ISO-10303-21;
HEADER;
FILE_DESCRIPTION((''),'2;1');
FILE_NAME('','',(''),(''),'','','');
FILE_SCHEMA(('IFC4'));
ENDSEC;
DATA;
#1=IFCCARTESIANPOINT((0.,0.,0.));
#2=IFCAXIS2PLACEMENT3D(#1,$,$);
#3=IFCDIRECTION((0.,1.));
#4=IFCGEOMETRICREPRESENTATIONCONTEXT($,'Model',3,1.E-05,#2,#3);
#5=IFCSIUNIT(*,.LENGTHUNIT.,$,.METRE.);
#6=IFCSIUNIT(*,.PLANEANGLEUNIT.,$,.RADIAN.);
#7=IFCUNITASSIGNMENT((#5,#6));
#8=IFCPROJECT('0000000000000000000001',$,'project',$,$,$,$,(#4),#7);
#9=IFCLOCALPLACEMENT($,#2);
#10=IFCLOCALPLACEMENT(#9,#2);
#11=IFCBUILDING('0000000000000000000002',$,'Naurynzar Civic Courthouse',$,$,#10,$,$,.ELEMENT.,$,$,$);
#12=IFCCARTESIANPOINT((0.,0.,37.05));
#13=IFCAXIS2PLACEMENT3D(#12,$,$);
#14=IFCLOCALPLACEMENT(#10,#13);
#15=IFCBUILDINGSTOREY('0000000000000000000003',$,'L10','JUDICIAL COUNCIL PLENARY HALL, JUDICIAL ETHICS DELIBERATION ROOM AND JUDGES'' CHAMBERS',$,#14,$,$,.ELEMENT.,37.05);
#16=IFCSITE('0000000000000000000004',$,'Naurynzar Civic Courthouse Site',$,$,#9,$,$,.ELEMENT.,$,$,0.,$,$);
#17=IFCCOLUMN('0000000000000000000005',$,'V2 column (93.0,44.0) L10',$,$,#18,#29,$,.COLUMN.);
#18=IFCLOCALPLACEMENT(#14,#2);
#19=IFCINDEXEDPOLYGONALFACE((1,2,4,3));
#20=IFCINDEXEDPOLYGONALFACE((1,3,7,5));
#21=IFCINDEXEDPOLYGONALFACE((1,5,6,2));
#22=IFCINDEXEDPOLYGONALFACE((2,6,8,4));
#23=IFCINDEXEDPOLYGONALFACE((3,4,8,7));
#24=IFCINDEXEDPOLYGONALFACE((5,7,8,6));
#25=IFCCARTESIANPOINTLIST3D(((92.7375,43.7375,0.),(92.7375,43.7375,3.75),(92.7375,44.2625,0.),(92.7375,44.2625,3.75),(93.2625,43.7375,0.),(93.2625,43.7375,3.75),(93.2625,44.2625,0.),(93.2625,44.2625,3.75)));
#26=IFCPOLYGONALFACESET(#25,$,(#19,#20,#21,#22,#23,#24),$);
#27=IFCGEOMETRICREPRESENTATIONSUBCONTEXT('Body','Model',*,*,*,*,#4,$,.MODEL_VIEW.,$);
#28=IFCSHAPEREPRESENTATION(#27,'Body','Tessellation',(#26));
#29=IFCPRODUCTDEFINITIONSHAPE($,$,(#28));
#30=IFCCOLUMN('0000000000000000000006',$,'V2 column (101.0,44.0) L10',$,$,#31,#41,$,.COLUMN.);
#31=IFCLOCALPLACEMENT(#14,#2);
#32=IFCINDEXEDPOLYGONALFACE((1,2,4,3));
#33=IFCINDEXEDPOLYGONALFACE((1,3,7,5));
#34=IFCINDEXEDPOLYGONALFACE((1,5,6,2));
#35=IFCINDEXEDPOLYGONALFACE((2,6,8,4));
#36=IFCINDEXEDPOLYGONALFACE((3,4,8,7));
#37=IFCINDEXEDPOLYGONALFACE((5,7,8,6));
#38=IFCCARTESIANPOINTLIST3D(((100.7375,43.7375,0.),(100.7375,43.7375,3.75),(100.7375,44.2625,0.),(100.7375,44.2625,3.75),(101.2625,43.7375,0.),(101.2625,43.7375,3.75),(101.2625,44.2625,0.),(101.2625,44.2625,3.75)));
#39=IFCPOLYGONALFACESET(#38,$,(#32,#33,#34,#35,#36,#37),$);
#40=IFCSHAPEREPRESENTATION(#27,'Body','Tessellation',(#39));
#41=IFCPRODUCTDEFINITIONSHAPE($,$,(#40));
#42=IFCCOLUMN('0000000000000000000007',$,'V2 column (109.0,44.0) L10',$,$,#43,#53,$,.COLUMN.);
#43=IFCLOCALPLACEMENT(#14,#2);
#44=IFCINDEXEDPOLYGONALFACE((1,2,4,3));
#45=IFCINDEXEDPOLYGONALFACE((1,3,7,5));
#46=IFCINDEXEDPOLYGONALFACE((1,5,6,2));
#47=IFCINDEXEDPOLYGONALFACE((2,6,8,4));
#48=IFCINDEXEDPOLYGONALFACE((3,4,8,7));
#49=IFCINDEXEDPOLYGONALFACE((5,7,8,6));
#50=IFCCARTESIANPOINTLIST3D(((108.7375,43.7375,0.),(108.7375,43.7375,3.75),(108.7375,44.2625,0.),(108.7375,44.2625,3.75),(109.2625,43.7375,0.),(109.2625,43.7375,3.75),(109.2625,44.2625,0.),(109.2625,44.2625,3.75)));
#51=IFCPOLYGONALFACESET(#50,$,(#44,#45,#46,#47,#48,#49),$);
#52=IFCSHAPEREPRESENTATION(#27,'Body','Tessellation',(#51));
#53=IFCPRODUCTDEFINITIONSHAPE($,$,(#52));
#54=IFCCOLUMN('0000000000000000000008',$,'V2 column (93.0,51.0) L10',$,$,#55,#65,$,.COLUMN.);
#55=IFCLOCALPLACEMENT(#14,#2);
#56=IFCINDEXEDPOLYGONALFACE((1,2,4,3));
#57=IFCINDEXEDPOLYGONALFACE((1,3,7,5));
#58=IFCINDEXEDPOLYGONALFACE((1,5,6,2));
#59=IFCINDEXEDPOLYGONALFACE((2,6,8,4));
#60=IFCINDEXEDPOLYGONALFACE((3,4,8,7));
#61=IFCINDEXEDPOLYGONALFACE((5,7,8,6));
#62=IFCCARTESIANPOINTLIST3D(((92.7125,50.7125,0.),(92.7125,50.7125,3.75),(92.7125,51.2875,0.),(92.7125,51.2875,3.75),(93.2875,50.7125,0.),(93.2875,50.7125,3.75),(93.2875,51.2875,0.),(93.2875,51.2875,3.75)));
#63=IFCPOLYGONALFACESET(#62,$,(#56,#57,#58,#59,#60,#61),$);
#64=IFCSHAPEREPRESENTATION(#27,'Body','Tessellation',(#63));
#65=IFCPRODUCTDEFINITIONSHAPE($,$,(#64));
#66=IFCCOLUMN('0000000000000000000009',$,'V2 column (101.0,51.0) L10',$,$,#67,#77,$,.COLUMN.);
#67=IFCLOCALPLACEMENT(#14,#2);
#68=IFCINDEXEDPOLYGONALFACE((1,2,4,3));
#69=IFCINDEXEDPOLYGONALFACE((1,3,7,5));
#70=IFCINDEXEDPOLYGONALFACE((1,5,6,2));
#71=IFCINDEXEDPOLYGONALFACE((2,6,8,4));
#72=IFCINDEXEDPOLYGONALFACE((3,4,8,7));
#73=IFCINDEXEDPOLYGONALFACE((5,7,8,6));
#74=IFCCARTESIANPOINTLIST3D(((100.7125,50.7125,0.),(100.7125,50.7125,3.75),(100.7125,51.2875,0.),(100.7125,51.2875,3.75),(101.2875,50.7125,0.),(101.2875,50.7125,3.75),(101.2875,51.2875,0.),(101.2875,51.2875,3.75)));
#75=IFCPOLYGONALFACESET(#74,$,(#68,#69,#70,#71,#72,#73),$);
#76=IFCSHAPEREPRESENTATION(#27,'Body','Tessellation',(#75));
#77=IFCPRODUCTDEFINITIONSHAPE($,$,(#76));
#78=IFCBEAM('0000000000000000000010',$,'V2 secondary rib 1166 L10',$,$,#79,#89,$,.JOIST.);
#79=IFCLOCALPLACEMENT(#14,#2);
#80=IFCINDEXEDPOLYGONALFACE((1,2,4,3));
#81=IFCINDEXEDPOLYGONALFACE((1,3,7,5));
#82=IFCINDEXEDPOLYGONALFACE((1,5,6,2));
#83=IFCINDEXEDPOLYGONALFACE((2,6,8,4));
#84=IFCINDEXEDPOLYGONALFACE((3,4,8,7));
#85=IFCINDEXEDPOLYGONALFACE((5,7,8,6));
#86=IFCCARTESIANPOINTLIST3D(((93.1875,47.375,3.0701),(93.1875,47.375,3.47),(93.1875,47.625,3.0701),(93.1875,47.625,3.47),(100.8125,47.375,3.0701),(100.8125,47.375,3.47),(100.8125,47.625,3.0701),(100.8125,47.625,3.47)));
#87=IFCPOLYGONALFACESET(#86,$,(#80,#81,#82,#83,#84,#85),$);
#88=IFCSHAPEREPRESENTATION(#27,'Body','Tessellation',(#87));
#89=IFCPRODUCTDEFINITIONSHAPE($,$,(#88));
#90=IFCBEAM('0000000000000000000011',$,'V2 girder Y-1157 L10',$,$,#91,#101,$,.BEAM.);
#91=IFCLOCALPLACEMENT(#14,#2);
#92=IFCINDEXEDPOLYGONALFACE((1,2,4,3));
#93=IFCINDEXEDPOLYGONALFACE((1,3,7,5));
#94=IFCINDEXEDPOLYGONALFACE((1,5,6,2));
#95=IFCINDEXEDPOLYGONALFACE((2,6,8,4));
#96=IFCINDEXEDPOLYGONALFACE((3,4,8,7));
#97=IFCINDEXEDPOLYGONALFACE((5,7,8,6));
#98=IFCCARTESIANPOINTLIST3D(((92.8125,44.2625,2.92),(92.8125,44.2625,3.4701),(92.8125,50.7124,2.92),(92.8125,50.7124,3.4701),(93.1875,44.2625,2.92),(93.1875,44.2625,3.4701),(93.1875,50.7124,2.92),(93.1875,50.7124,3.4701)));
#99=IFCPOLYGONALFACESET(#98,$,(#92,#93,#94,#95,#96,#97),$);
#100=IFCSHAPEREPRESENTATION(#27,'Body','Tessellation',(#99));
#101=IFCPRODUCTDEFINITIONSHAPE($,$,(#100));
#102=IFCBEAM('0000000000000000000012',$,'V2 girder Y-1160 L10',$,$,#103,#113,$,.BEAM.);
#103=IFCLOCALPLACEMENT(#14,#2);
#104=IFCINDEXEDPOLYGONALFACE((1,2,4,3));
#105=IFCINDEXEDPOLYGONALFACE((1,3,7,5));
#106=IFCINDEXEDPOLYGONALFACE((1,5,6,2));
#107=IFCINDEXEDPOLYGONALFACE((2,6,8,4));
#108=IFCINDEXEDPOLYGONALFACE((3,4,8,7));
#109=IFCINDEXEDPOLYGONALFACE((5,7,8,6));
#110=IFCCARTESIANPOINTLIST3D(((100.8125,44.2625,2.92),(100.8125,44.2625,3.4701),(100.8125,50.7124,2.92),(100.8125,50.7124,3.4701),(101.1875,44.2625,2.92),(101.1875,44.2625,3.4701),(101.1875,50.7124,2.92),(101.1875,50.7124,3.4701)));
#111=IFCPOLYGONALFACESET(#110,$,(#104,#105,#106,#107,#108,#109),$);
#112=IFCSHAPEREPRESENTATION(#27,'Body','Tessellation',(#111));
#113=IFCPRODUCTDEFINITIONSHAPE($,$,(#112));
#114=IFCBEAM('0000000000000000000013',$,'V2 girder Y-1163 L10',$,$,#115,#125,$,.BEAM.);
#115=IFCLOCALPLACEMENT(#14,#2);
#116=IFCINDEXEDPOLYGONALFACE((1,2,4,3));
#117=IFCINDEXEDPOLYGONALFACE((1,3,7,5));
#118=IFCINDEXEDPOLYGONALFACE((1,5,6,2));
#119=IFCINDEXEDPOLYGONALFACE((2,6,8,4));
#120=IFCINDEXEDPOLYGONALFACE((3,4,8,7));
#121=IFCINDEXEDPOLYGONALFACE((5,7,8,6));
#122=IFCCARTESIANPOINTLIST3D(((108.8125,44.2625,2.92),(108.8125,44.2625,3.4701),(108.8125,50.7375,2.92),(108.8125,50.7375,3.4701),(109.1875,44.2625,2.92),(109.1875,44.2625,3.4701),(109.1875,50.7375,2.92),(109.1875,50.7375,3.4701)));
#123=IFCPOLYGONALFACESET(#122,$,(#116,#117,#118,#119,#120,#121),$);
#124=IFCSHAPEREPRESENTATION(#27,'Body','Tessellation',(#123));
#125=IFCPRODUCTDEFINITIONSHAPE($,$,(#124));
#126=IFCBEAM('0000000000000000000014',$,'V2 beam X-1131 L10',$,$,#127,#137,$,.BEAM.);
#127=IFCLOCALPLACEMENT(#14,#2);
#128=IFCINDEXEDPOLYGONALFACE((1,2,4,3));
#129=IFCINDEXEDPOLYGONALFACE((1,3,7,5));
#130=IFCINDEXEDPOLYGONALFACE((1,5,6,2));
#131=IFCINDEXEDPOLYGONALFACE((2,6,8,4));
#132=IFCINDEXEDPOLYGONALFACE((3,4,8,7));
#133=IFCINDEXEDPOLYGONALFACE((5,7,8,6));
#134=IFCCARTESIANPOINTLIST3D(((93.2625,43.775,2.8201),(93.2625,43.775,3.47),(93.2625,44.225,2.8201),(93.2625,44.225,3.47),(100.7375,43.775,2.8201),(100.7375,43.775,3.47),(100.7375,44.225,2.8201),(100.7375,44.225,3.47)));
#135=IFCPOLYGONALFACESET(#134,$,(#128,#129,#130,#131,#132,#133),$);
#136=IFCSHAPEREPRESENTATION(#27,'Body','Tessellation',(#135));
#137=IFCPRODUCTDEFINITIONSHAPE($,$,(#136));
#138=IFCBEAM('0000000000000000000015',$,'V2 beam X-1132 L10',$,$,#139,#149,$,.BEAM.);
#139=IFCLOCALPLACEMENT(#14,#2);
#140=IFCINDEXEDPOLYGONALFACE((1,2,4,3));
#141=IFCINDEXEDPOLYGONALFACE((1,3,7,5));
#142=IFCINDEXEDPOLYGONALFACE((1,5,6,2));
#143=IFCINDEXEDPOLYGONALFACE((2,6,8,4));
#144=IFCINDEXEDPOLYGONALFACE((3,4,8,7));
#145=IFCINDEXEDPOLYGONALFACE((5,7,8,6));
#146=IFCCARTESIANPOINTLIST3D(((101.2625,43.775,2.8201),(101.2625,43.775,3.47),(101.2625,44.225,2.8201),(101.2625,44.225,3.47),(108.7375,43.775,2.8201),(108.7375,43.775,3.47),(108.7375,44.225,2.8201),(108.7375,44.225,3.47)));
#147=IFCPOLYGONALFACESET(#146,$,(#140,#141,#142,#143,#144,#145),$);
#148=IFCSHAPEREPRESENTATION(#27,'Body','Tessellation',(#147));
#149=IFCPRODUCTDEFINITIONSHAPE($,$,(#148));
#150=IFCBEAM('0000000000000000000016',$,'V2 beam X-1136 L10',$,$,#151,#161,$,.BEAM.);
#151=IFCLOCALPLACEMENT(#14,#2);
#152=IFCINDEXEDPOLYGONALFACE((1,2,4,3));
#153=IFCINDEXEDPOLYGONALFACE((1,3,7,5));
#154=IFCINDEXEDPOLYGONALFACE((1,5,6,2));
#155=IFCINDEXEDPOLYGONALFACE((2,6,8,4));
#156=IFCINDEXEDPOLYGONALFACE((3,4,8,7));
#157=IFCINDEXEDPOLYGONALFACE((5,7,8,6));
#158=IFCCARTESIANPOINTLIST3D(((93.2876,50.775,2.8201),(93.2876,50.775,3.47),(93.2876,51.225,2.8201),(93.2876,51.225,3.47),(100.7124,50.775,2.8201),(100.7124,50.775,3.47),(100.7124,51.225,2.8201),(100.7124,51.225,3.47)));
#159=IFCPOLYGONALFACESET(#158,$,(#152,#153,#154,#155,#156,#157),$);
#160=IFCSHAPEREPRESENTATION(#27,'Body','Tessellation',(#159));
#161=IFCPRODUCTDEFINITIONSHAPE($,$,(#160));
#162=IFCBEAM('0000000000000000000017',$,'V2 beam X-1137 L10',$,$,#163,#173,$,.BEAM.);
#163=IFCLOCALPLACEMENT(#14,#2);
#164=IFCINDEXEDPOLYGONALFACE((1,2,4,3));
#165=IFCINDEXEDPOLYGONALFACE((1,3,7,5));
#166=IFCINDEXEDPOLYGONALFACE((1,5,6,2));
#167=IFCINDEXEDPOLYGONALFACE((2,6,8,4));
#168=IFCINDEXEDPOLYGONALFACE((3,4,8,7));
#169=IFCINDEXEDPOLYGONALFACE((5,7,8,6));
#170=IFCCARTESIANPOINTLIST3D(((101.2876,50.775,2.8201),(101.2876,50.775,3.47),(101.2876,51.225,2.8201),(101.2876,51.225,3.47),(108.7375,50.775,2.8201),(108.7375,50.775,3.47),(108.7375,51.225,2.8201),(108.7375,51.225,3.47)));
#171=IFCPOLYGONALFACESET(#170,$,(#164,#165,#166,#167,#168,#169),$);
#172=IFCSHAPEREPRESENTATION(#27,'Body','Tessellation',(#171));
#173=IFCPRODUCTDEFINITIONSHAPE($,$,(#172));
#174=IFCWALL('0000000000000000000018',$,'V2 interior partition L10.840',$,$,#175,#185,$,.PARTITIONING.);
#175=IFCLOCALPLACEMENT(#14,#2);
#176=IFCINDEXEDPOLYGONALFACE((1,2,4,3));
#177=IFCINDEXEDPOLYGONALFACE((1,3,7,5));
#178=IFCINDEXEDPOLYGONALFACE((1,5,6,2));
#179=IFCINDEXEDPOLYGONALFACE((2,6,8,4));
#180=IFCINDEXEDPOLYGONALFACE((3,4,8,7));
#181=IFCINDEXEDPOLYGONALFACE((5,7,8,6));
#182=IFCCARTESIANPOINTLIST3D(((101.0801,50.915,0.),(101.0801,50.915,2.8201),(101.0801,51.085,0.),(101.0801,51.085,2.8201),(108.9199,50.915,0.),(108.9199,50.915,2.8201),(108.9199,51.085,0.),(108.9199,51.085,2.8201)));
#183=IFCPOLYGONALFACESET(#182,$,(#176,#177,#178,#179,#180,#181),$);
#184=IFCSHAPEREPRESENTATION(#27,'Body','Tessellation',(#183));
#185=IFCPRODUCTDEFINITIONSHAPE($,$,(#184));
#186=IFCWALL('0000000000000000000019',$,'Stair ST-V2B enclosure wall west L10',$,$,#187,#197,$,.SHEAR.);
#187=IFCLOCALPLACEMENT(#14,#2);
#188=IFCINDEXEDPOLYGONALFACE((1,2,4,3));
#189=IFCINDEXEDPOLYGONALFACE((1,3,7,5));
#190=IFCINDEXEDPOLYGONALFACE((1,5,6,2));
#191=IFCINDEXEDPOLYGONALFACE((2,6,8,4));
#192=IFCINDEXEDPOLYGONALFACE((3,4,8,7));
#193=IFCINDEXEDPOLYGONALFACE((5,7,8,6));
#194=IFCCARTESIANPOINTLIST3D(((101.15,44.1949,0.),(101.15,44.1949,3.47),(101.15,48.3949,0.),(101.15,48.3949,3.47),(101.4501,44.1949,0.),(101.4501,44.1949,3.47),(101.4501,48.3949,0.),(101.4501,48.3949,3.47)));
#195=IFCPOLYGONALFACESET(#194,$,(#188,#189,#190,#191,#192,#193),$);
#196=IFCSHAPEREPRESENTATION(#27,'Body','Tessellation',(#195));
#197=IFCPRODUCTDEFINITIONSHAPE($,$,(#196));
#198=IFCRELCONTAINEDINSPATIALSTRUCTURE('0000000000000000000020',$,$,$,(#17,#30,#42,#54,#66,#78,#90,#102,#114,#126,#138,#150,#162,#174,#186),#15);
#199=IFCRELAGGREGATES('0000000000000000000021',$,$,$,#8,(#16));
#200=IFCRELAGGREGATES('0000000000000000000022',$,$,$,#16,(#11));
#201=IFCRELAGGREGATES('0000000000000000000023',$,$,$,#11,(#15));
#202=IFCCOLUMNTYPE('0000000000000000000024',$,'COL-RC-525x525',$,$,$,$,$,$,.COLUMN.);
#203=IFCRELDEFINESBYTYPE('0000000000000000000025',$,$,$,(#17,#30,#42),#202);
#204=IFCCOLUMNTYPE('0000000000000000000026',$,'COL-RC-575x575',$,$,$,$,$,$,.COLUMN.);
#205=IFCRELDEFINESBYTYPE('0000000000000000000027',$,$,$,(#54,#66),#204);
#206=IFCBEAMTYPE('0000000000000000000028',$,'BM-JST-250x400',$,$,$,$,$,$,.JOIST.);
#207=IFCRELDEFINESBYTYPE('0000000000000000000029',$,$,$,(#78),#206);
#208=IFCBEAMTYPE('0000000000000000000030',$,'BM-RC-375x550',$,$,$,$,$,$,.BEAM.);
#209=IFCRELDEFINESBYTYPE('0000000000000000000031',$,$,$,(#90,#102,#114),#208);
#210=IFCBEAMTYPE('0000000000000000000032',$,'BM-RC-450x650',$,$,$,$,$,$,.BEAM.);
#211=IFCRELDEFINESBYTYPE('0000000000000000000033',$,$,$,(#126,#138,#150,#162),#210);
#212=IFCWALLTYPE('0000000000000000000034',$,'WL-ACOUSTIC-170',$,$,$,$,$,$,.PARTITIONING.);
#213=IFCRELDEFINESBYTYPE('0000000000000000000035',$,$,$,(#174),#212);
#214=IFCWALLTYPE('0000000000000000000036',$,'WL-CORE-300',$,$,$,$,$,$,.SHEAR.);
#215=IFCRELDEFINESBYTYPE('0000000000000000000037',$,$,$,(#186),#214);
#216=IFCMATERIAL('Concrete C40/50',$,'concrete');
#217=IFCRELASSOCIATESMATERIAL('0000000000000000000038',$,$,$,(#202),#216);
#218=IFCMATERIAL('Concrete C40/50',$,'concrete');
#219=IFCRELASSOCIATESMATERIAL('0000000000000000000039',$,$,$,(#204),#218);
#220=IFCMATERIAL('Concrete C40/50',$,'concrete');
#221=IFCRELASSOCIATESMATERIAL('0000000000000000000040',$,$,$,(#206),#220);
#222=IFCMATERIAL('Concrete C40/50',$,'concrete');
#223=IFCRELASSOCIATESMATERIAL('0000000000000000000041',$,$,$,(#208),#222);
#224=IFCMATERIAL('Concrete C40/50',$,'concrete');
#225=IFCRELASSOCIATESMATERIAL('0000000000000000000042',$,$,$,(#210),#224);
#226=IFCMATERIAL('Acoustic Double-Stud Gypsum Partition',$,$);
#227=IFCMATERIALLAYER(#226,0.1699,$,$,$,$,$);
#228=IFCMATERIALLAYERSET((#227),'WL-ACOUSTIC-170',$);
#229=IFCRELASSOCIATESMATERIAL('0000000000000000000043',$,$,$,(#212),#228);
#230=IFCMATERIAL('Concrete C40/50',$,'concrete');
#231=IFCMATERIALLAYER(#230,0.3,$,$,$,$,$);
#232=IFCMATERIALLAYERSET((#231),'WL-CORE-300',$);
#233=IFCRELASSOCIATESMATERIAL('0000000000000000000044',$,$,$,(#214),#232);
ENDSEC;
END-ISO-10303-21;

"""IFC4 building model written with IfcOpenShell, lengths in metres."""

from ifc_helpers import new_model, si_unit, direction, frame, frame_2d, origin, origin_2d, place, context, subcontext, project, spatial, rectangle, extrude, material, layer, layer_set, material_profile, profile_set, type_object, element, save


model = new_model("IFC4")

# Units and contexts
model_context = context("Model", 3, precision=1e-05, world=origin(), true_north=direction((0.0, 1.0)))
body_context = subcontext(model_context, "Body", "Model", "MODEL_VIEW")
ifc_project = project(units=[si_unit("LENGTHUNIT", "METRE"), si_unit("PLANEANGLEUNIT", "RADIAN")], contexts=[model_context])

# Site, building, storey
site_placement = place(None, origin())
site = spatial("IfcSite", under=ifc_project, at=site_placement, Name="Naurynzar Civic Courthouse Site", CompositionType="ELEMENT", RefElevation=0.0)
building_placement = place(site_placement, origin())
building = spatial("IfcBuilding", under=site, at=building_placement, Name="Naurynzar Civic Courthouse", CompositionType="ELEMENT")
storey_placement = place(building_placement, frame((0.0, 0.0, 37.05)))
storey = spatial("IfcBuildingStorey", under=building, at=storey_placement, Name="L10", Description="JUDICIAL COUNCIL PLENARY HALL, JUDICIAL ETHICS DELIBERATION ROOM AND JUDGES' CHAMBERS", CompositionType="ELEMENT", Elevation=37.05)

# Columns
ifc_material_1 = material(Name="Concrete C40/50", Category="concrete")
ifc_material_profile_1 = material_profile(ifc_material_1, rectangle(XDim=0.5249, YDim=0.5249, at=origin_2d()), Name="RC 525x525")
ifc_profile_set_1 = profile_set([ifc_material_profile_1], Name="Concrete C40/50")
column_type_1 = type_object("IfcColumnType", Name="COL-RC-525x525", PredefinedType="COLUMN", material=ifc_profile_set_1)
for number, where, z_axis, x_axis, name in (
    (1, (93.0, 44.0, 0.0), (0.0, 0.0, 1.0), (1.0, 0.0, 0.0), "V2 column (93.0,44.0) L10"),
    (2, (101.0, 44.0, 0.0), (0.0, 0.0, 1.0), (1.0, 0.0, 0.0), "V2 column (101.0,44.0) L10"),
    (3, (109.0, 44.0, 0.0), (0.0, 0.0, 1.0), (1.0, 0.0, 0.0), "V2 column (109.0,44.0) L10"),
):
    element("IfcColumn", number, at=place(storey_placement, frame(where, z_axis=z_axis, x_axis=x_axis)), inside=storey, type_object=column_type_1, Name=name, PredefinedType="COLUMN", context=body_context, shape_type="SweptSolid", body=[
        extrude(rectangle(XDim=0.5249, YDim=0.5249, at=origin_2d()), origin(), (0.0, 0.0, 1.0), 3.75),
    ])
ifc_material_2 = material(Name="Concrete C40/50", Category="concrete")
ifc_material_profile_2 = material_profile(ifc_material_2, rectangle(XDim=0.575, YDim=0.575, at=origin_2d()), Name="RC 575x575")
ifc_profile_set_2 = profile_set([ifc_material_profile_2], Name="Concrete C40/50")
column_type_2 = type_object("IfcColumnType", Name="COL-RC-575x575", PredefinedType="COLUMN", material=ifc_profile_set_2)
for number, where, z_axis, x_axis, name in (
    (4, (93.0, 51.0, 0.0), (0.0, 0.0, 1.0), (1.0, 0.0, 0.0), "V2 column (93.0,51.0) L10"),
    (5, (101.0, 51.0, 0.0), (0.0, 0.0, 1.0), (1.0, 0.0, 0.0), "V2 column (101.0,51.0) L10"),
):
    element("IfcColumn", number, at=place(storey_placement, frame(where, z_axis=z_axis, x_axis=x_axis)), inside=storey, type_object=column_type_2, Name=name, PredefinedType="COLUMN", context=body_context, shape_type="SweptSolid", body=[
        extrude(rectangle(XDim=0.575, YDim=0.575, at=origin_2d()), origin(), (0.0, 0.0, 1.0), 3.75),
    ])

# Beams
ifc_material_3 = material(Name="Concrete C40/50", Category="concrete")
ifc_material_profile_3 = material_profile(ifc_material_3, rectangle(XDim=0.25, YDim=0.3999, at=origin_2d()), Name="RCB 250x400")
ifc_profile_set_3 = profile_set([ifc_material_profile_3], Name="Concrete C40/50")
beam_type_1 = type_object("IfcBeamType", Name="BM-JST-250x400", PredefinedType="JOIST", material=ifc_profile_set_3)
beam_1_placement = place(storey_placement, frame((93.1875, 47.5, 3.27), z_axis=(1.0, 0.0, 0.0), x_axis=(0.0, 1.0, 0.0)))
element("IfcBeam", 6, at=beam_1_placement, inside=storey, type_object=beam_type_1, Name="V2 secondary rib 1166 L10", PredefinedType="JOIST", context=body_context, shape_type="SweptSolid", body=[
    extrude(rectangle(XDim=0.25, YDim=0.3999, at=origin_2d()), origin(), (0.0, 0.0, 1.0), 7.625),
])
ifc_material_4 = material(Name="Concrete C40/50", Category="concrete")
ifc_material_profile_4 = material_profile(ifc_material_4, rectangle(XDim=0.375, YDim=0.55, at=origin_2d()), Name="RCB 375x550")
ifc_profile_set_4 = profile_set([ifc_material_profile_4], Name="Concrete C40/50")
beam_type_2 = type_object("IfcBeamType", Name="BM-RC-375x550", PredefinedType="BEAM", material=ifc_profile_set_4)
for number, where, z_axis, x_axis, name in (
    (7, (93.0, 44.2625, 3.1951), (0.0, 1.0, 0.0), (-1.0, 0.0, 0.0), "V2 girder Y-1157 L10"),
    (8, (101.0, 44.2625, 3.1951), (0.0, 1.0, 0.0), (-1.0, 0.0, 0.0), "V2 girder Y-1160 L10"),
):
    element("IfcBeam", number, at=place(storey_placement, frame(where, z_axis=z_axis, x_axis=x_axis)), inside=storey, type_object=beam_type_2, Name=name, PredefinedType="BEAM", context=body_context, shape_type="SweptSolid", body=[
        extrude(rectangle(XDim=0.375, YDim=0.55, at=origin_2d()), origin(), (0.0, 0.0, 1.0), 6.45),
    ])
beam_2_placement = place(storey_placement, frame((109.0, 44.2625, 3.1951), z_axis=(0.0, 1.0, 0.0), x_axis=(-1.0, 0.0, 0.0)))
element("IfcBeam", 9, at=beam_2_placement, inside=storey, type_object=beam_type_2, Name="V2 girder Y-1163 L10", PredefinedType="BEAM", context=body_context, shape_type="SweptSolid", body=[
    extrude(rectangle(XDim=0.375, YDim=0.55, at=origin_2d()), origin(), (0.0, 0.0, 1.0), 6.4751),
])
ifc_material_5 = material(Name="Concrete C40/50", Category="concrete")
ifc_material_profile_5 = material_profile(ifc_material_5, rectangle(XDim=0.45, YDim=0.6499, at=origin_2d()), Name="RCB 450x650")
ifc_profile_set_5 = profile_set([ifc_material_profile_5], Name="Concrete C40/50")
beam_type_3 = type_object("IfcBeamType", Name="BM-RC-450x650", PredefinedType="BEAM", material=ifc_profile_set_5)
for number, where, z_axis, x_axis, name in (
    (10, (93.2625, 44.0, 3.145), (1.0, 0.0, 0.0), (0.0, 1.0, 0.0), "V2 beam X-1131 L10"),
    (11, (101.2625, 44.0, 3.145), (1.0, 0.0, 0.0), (0.0, 1.0, 0.0), "V2 beam X-1132 L10"),
):
    element("IfcBeam", number, at=place(storey_placement, frame(where, z_axis=z_axis, x_axis=x_axis)), inside=storey, type_object=beam_type_3, Name=name, PredefinedType="BEAM", context=body_context, shape_type="SweptSolid", body=[
        extrude(rectangle(XDim=0.45, YDim=0.6499, at=origin_2d()), origin(), (0.0, 0.0, 1.0), 7.4751),
    ])
beam_3_placement = place(storey_placement, frame((93.2876, 51.0, 3.145), z_axis=(1.0, 0.0, 0.0), x_axis=(0.0, 1.0, 0.0)))
element("IfcBeam", 12, at=beam_3_placement, inside=storey, type_object=beam_type_3, Name="V2 beam X-1136 L10", PredefinedType="BEAM", context=body_context, shape_type="SweptSolid", body=[
    extrude(rectangle(XDim=0.45, YDim=0.6499, at=origin_2d()), origin(), (0.0, 0.0, 1.0), 7.4248),
])
beam_4_placement = place(storey_placement, frame((101.2876, 51.0, 3.145), z_axis=(1.0, 0.0, 0.0), x_axis=(0.0, 1.0, 0.0)))
element("IfcBeam", 13, at=beam_4_placement, inside=storey, type_object=beam_type_3, Name="V2 beam X-1137 L10", PredefinedType="BEAM", context=body_context, shape_type="SweptSolid", body=[
    extrude(rectangle(XDim=0.45, YDim=0.6499, at=origin_2d()), origin(), (0.0, 0.0, 1.0), 7.45),
])

# Wall
ifc_material_6 = material(Name="Acoustic Double-Stud Gypsum Partition")
ifc_layer_1 = layer(ifc_material_6, 0.1699)
ifc_layer_set_1 = layer_set([ifc_layer_1], Name="WL-ACOUSTIC-170")
wall_type_1 = type_object("IfcWallType", Name="WL-ACOUSTIC-170", PredefinedType="PARTITIONING", material=ifc_layer_set_1)
wall_1_placement = place(storey_placement, frame((101.0801, 51.0, 0.0), z_axis=(0.0, 0.0, 1.0), x_axis=(1.0, 0.0, 0.0)))
element("IfcWall", 14, at=wall_1_placement, inside=storey, type_object=wall_type_1, Name="V2 interior partition L10.840", PredefinedType="PARTITIONING", context=body_context, shape_type="SweptSolid", body=[
    extrude(rectangle(XDim=7.8398, YDim=0.1699, at=frame_2d((3.9199, 0.0))), origin(), (0.0, 0.0, 1.0), 2.8201),
])

# Shared definitions
ifc_material_7 = material(Name="Concrete C40/50", Category="concrete")
ifc_layer_2 = layer(ifc_material_7, 0.3)
ifc_layer_set_2 = layer_set([ifc_layer_2], Name="WL-CORE-300")
wall_type_2 = type_object("IfcWallType", Name="WL-CORE-300", PredefinedType="SHEAR", material=ifc_layer_set_2)

# Wall
wall_2_placement = place(storey_placement, frame((101.3, 48.395, 0.0), z_axis=(0.0, 0.0, 1.0), x_axis=(0.0, -1.0, 0.0)))
element("IfcWall", 15, at=wall_2_placement, inside=storey, type_object=wall_type_2, Name="Stair ST-V2B enclosure wall west L10", PredefinedType="SHEAR", context=body_context, shape_type="SweptSolid", body=[
    extrude(rectangle(XDim=4.2, YDim=0.3, at=frame_2d((2.1001, 0.0))), origin(), (0.0, 0.0, 1.0), 3.47),
])

save(model, "model.ifc")
